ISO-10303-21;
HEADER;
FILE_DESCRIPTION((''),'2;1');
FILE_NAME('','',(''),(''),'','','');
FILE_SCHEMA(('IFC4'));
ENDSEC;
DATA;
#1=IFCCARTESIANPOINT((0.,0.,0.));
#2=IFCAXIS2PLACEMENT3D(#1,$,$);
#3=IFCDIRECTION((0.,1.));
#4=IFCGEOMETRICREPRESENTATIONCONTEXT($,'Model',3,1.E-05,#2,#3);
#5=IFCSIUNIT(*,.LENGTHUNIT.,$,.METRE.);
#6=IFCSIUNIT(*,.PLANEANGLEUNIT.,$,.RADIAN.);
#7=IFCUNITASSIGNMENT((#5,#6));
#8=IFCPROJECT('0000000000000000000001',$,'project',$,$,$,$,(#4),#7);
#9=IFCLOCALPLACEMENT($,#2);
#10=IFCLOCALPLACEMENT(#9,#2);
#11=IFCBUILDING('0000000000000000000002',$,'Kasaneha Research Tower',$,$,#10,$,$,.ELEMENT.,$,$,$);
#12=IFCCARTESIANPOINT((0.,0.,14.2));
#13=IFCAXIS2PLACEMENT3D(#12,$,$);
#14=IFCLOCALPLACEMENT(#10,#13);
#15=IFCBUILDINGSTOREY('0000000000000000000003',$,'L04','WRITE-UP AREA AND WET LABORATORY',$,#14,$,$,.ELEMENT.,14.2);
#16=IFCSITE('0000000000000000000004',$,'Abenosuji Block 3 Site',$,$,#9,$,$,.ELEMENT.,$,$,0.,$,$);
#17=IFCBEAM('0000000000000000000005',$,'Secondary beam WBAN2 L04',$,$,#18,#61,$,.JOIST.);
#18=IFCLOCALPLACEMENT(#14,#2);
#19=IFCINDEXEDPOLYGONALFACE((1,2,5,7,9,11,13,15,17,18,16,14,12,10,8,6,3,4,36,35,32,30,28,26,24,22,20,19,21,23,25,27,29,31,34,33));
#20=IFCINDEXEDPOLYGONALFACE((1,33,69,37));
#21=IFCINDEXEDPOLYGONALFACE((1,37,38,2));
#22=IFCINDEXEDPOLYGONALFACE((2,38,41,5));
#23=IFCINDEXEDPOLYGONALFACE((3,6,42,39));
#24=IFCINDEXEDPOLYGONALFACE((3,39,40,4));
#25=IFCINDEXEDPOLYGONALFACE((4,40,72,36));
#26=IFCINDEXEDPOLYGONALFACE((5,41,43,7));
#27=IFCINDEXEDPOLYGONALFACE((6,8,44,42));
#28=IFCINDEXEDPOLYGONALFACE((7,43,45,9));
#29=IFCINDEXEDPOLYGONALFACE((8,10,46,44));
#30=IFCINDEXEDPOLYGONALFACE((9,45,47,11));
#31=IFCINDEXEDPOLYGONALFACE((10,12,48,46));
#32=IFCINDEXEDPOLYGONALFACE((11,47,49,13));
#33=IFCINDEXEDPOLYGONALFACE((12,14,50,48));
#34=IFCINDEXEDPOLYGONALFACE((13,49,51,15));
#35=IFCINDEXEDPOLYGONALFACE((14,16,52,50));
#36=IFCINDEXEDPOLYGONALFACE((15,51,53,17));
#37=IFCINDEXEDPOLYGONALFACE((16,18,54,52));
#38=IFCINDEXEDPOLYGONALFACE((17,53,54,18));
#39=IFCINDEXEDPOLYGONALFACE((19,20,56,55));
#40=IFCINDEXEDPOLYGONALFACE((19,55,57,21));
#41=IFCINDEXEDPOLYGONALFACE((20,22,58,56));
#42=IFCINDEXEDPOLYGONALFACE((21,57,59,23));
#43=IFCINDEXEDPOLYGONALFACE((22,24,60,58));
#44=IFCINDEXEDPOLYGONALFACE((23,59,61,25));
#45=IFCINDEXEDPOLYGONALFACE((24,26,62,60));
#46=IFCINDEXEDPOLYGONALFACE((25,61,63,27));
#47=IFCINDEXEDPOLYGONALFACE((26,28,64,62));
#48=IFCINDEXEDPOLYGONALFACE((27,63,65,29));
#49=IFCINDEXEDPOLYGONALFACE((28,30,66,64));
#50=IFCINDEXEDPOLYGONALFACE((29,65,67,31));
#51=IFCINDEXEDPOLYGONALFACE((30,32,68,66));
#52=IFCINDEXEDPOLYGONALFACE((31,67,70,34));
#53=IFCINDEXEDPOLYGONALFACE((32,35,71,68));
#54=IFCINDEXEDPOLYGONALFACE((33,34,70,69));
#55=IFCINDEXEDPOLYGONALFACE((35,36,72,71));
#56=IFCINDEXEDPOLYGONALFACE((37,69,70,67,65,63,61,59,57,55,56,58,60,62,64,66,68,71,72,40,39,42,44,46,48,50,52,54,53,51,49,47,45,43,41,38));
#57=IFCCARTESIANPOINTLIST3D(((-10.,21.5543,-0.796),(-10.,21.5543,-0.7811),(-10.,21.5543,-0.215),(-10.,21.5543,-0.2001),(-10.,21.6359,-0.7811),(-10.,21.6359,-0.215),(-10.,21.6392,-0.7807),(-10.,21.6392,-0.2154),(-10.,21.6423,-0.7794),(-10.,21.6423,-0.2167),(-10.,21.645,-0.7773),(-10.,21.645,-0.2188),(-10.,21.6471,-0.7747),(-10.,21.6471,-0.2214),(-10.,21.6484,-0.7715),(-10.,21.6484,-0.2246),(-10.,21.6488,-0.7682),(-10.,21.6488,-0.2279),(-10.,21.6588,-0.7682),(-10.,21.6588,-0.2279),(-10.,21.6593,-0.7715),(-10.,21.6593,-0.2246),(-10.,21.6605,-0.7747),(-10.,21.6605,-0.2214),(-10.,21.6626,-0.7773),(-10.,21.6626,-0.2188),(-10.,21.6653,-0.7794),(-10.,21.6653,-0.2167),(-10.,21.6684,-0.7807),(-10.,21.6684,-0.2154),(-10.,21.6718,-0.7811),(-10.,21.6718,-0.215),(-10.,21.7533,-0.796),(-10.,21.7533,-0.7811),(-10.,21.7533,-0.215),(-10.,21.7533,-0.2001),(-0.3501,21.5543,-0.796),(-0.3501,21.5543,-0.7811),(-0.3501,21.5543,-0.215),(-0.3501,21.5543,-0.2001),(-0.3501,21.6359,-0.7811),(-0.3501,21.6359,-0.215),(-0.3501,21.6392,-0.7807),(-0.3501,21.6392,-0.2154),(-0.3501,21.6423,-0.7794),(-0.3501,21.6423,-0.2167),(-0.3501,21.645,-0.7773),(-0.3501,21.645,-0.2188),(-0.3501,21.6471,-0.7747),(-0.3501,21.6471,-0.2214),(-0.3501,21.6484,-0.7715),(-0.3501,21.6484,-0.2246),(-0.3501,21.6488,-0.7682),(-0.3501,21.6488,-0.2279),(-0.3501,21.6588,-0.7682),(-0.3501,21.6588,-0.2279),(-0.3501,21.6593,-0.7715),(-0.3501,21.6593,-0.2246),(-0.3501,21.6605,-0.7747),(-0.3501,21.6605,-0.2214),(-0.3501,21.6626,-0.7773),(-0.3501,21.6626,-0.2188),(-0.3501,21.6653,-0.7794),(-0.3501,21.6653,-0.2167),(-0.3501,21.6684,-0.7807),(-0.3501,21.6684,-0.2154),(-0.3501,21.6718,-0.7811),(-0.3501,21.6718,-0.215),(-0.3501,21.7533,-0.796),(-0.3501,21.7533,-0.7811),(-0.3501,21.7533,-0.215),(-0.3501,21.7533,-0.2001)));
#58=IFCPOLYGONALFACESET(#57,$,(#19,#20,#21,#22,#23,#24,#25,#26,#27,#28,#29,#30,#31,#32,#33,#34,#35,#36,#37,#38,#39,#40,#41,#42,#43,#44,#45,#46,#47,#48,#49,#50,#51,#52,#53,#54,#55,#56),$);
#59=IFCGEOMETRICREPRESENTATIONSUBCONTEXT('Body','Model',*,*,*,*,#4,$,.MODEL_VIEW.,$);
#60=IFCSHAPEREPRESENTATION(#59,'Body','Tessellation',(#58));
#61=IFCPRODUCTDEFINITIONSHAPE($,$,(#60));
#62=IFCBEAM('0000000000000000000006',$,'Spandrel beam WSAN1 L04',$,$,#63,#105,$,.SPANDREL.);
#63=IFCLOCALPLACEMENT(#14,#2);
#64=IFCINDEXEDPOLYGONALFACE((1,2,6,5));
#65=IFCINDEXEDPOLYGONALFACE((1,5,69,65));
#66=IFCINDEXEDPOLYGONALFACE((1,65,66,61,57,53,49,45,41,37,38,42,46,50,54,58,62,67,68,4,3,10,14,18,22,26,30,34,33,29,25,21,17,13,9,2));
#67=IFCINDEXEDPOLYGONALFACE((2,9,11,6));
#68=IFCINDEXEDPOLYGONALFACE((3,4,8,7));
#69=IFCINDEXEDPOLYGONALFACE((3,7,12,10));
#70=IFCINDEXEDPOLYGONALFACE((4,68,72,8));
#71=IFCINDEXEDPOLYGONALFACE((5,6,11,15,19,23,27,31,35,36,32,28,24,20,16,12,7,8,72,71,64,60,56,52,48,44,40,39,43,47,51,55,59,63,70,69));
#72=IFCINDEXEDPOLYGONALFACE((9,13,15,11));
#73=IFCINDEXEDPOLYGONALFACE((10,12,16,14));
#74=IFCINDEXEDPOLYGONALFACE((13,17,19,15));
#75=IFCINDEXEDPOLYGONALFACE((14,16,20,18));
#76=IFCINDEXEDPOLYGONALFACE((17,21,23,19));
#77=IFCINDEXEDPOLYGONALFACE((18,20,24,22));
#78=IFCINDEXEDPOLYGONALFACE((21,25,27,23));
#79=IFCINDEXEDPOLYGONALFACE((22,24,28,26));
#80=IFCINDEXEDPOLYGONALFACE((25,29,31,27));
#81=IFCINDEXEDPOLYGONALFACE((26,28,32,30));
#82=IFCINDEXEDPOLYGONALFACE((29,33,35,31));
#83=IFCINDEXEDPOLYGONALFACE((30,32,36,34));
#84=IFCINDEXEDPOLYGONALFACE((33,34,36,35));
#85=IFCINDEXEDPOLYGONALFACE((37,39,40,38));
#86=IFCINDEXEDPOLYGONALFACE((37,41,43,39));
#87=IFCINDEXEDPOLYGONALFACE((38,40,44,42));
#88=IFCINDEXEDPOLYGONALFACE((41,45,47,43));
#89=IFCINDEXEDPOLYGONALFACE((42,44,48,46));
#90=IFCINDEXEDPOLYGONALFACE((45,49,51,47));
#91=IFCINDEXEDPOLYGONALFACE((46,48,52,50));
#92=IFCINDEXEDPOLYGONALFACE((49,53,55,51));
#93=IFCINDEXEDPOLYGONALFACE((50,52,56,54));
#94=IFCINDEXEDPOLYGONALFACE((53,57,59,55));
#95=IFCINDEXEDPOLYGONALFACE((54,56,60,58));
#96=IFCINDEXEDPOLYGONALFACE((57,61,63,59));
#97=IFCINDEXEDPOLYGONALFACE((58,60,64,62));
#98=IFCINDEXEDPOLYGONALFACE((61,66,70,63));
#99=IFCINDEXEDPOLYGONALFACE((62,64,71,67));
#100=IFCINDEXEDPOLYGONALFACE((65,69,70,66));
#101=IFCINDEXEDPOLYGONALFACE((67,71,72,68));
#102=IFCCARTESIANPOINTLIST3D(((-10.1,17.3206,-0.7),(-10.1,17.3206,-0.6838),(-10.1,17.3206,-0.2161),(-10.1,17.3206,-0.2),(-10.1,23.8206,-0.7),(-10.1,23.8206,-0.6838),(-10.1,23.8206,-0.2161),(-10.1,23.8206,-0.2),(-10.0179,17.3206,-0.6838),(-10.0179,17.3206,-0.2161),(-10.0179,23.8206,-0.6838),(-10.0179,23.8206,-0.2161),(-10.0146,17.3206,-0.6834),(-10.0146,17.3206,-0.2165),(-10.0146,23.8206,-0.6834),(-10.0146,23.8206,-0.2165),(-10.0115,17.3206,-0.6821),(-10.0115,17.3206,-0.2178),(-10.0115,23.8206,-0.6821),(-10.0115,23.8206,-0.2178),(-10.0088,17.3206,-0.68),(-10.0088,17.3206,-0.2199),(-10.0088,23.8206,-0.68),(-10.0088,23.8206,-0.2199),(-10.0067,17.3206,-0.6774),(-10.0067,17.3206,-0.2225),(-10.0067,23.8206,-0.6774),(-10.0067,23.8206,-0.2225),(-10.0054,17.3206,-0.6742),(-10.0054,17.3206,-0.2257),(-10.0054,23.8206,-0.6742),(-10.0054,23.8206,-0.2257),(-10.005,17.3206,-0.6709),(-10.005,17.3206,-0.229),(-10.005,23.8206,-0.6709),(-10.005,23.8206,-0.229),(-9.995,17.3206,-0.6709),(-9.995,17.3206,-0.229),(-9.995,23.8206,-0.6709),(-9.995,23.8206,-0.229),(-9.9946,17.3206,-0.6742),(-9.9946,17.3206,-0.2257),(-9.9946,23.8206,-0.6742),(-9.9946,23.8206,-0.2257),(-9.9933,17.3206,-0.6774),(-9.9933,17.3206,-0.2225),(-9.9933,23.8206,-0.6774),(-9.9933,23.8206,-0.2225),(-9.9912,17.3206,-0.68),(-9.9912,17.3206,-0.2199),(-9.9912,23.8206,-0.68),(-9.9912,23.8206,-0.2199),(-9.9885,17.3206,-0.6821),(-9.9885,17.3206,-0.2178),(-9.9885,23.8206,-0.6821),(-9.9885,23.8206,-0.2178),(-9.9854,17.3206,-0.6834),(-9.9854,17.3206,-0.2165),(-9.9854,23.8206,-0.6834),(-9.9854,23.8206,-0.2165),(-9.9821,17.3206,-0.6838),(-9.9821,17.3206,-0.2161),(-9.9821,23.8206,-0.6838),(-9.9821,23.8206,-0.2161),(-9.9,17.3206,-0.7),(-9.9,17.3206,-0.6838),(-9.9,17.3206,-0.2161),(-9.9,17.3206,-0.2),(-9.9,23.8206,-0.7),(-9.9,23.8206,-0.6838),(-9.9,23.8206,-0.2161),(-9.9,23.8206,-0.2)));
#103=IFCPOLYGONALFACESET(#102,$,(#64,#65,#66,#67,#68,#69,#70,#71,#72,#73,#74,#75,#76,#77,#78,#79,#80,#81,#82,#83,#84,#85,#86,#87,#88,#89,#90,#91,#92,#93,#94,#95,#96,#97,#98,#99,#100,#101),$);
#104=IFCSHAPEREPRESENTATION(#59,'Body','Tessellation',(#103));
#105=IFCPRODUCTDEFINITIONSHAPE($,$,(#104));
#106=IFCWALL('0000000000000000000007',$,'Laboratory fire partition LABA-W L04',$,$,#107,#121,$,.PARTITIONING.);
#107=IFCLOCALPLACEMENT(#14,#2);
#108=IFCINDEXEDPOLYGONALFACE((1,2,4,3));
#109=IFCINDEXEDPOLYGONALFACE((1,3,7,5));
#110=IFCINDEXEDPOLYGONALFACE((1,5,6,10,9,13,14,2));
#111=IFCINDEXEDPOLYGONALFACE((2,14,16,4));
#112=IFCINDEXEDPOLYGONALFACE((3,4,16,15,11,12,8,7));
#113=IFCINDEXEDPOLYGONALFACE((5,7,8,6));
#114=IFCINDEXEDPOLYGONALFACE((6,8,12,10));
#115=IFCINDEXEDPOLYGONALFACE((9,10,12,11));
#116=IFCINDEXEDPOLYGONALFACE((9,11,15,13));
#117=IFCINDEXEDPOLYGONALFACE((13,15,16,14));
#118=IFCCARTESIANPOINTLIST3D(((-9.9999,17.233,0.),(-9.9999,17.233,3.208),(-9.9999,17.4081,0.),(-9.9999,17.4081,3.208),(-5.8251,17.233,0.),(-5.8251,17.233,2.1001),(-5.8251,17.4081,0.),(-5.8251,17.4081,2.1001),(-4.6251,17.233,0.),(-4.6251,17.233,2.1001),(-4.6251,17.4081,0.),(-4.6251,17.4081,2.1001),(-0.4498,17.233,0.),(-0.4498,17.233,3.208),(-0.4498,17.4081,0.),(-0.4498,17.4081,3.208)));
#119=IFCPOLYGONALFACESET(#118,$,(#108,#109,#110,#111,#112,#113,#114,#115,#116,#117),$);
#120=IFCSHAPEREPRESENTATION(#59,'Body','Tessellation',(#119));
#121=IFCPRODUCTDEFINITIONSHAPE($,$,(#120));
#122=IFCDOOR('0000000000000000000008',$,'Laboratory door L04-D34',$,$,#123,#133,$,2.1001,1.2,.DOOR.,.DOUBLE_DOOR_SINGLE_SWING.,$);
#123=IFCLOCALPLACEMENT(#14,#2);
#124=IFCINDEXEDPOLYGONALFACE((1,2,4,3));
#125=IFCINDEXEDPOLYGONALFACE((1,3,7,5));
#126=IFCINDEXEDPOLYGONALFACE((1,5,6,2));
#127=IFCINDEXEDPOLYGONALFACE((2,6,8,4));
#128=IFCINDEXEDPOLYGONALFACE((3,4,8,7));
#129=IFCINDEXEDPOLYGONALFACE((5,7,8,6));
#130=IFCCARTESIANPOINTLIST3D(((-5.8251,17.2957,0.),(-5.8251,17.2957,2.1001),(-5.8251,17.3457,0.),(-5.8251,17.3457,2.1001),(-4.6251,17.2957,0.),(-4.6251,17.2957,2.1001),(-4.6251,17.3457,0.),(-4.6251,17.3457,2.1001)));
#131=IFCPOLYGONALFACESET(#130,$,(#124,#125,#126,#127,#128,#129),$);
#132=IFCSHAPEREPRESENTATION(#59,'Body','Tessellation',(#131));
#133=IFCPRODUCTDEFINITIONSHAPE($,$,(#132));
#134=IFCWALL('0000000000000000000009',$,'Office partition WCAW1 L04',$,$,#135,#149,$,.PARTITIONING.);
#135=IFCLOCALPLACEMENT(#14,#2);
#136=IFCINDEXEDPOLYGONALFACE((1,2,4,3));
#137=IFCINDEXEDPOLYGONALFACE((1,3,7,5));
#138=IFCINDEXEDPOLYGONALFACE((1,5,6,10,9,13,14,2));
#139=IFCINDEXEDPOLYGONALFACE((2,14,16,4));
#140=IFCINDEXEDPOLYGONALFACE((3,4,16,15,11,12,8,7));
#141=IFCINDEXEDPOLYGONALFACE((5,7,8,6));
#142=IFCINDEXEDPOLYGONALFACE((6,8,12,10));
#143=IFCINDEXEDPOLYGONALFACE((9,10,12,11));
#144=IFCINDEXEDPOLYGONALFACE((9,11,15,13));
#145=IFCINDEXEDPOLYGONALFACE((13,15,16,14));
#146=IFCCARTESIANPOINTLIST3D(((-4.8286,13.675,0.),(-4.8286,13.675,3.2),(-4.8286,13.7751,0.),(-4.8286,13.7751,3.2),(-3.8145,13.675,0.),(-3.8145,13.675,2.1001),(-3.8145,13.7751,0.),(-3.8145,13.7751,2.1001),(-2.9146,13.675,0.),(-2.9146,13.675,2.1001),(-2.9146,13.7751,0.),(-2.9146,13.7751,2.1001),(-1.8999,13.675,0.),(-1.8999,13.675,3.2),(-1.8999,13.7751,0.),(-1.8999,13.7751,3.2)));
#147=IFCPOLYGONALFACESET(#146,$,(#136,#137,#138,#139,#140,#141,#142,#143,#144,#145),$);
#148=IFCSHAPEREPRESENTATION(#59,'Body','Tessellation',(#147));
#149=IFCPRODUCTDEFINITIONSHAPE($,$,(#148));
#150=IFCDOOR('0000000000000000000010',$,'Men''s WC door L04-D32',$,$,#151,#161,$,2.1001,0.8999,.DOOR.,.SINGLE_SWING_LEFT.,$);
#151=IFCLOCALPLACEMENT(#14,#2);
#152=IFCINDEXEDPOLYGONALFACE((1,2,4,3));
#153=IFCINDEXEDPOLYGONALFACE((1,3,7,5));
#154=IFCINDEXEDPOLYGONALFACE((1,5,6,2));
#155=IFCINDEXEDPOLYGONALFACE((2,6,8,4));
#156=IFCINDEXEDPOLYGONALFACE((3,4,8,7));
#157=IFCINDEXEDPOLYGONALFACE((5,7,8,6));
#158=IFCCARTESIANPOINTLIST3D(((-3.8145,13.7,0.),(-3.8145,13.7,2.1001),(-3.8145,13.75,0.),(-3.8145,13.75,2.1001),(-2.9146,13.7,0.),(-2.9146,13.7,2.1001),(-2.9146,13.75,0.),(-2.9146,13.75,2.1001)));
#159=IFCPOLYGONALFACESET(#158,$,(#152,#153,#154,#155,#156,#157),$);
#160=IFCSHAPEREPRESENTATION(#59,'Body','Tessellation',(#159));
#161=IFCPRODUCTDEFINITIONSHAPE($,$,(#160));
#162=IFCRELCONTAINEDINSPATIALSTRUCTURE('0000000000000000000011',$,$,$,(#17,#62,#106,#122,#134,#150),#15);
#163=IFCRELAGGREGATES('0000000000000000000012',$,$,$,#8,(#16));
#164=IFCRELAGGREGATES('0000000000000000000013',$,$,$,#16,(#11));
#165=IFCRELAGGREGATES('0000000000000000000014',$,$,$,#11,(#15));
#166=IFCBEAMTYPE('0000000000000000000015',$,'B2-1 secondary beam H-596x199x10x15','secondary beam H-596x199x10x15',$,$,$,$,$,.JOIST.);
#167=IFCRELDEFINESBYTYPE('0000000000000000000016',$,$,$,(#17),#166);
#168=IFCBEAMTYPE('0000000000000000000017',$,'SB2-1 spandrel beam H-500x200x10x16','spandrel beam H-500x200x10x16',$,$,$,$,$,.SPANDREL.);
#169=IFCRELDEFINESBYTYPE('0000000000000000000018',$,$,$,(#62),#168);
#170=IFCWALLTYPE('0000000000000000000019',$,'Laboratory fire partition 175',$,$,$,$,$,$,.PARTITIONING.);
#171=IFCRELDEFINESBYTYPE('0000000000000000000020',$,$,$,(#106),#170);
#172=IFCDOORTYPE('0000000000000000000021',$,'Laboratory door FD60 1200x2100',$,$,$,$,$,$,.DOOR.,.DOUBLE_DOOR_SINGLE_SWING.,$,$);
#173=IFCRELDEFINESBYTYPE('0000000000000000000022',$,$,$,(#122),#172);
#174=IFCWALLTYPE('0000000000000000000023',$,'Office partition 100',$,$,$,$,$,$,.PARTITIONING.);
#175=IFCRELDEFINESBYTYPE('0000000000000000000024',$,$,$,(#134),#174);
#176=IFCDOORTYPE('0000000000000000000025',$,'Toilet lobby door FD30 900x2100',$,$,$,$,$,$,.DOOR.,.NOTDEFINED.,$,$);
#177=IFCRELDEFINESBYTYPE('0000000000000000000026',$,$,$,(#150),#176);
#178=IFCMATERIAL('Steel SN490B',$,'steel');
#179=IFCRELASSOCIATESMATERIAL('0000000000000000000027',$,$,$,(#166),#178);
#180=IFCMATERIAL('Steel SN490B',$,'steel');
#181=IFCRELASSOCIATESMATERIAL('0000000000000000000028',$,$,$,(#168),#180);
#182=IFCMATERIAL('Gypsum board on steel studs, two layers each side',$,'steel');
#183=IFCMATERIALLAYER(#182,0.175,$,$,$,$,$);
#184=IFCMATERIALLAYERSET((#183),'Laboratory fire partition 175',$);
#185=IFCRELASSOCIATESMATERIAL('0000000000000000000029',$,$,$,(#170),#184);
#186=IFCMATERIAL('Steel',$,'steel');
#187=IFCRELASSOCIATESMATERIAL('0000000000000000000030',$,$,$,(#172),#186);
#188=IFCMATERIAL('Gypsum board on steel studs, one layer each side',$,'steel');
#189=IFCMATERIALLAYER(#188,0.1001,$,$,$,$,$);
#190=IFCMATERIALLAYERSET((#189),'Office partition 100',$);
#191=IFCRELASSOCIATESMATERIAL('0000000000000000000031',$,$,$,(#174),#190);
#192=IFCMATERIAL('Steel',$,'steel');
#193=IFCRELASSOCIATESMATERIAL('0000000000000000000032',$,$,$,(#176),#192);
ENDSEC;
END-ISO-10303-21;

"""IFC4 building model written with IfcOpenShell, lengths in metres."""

from ifc_helpers import new_model, si_unit, direction, frame, frame_2d, origin, origin_2d, place, context, subcontext, project, spatial, rectangle, i_section, extrude, material, layer, layer_set, material_profile, profile_set, type_object, element, fill, save


model = new_model("IFC4")

# Units and contexts
model_context = context("Model", 3, precision=1e-05, world=origin(), true_north=direction((0.0, 1.0)))
body_context = subcontext(model_context, "Body", "Model", "MODEL_VIEW")
ifc_project = project(units=[si_unit("LENGTHUNIT", "METRE"), si_unit("PLANEANGLEUNIT", "RADIAN")], contexts=[model_context])

# Site, building, storey
site_placement = place(None, origin())
site = spatial("IfcSite", under=ifc_project, at=site_placement, Name="Abenosuji Block 3 Site", CompositionType="ELEMENT", RefElevation=0.0)
building_placement = place(site_placement, origin())
building = spatial("IfcBuilding", under=site, at=building_placement, Name="Kasaneha Research Tower", CompositionType="ELEMENT")
storey_placement = place(building_placement, frame((0.0, 0.0, 14.2)))
storey = spatial("IfcBuildingStorey", under=building, at=storey_placement, Name="L04", Description="WRITE-UP AREA AND WET LABORATORY", CompositionType="ELEMENT", Elevation=14.2)

# Beams
ifc_material_1 = material(Name="Steel SN490B", Category="steel")
ifc_material_profile_1 = material_profile(ifc_material_1, i_section(OverallWidth=0.199, OverallDepth=0.5959, WebThickness=0.01, FlangeThickness=0.0149, FilletRadius=0.0129, at=origin_2d()), Name="H-596x199x10x15")
ifc_profile_set_1 = profile_set([ifc_material_profile_1], Name="Steel SN490B")
beam_type_1 = type_object("IfcBeamType", Name="B2-1 secondary beam H-596x199x10x15", Description="secondary beam H-596x199x10x15", PredefinedType="JOIST", material=ifc_profile_set_1)
for number, where, z_axis, x_axis, name in (
    (1, (-10.0, 21.6538, -0.498), (1.0, 0.0, 0.0), (0.0, 1.0, 0.0), "Secondary beam WBAN2 L04"),
):
    element("IfcBeam", number, at=place(storey_placement, frame(where, z_axis=z_axis, x_axis=x_axis)), inside=storey, type_object=beam_type_1, Name=name, PredefinedType="JOIST", context=body_context, shape_type="SweptSolid", body=[
        extrude(i_section(OverallWidth=0.199, OverallDepth=0.5959, WebThickness=0.01, FlangeThickness=0.0149, FilletRadius=0.0129, at=origin_2d()), origin(), (0.0, 0.0, 1.0), 9.6499),
    ])
ifc_material_2 = material(Name="Steel SN490B", Category="steel")
ifc_material_profile_2 = material_profile(ifc_material_2, i_section(OverallWidth=0.2, OverallDepth=0.5, WebThickness=0.01, FlangeThickness=0.0161, FilletRadius=0.0129, at=origin_2d()), Name="H-500x200x10x16")
ifc_profile_set_2 = profile_set([ifc_material_profile_2], Name="Steel SN490B")
beam_type_2 = type_object("IfcBeamType", Name="SB2-1 spandrel beam H-500x200x10x16", Description="spandrel beam H-500x200x10x16", PredefinedType="SPANDREL", material=ifc_profile_set_2)
beam_1_placement = place(storey_placement, frame((-10.0, 17.3206, -0.45), z_axis=(0.0, 1.0, 0.0), x_axis=(-1.0, 0.0, 0.0)))
element("IfcBeam", 2, at=beam_1_placement, inside=storey, type_object=beam_type_2, Name="Spandrel beam WSAN1 L04", PredefinedType="SPANDREL", context=body_context, shape_type="SweptSolid", body=[
    extrude(i_section(OverallWidth=0.2, OverallDepth=0.5, WebThickness=0.01, FlangeThickness=0.0161, FilletRadius=0.0129, at=origin_2d()), origin(), (0.0, 0.0, 1.0), 6.5),
])

# Walls, openings, doors
ifc_material_3 = material(Name="Gypsum board on steel studs, two layers each side", Category="steel")
ifc_layer_1 = layer(ifc_material_3, 0.175)
ifc_layer_set_1 = layer_set([ifc_layer_1], Name="Laboratory fire partition 175")
wall_type_1 = type_object("IfcWallType", Name="Laboratory fire partition 175", PredefinedType="PARTITIONING", material=ifc_layer_set_1)
wall_1_placement = place(storey_placement, frame((-0.45, 17.3206, 0.0), z_axis=(0.0, 0.0, 1.0), x_axis=(-1.0, 0.0, 0.0)))
wall_1 = element("IfcWall", 3, at=wall_1_placement, inside=storey, type_object=wall_type_1, Name="Laboratory fire partition LABA-W L04", PredefinedType="PARTITIONING", context=body_context, shape_type="SweptSolid", body=[
    extrude(rectangle(XDim=9.55, YDim=0.175, at=frame_2d((4.7749, 0.0))), origin(), (0.0, 0.0, 1.0), 3.208),
])
opening_1_placement = place(wall_1_placement, frame((4.175, 0.0, 0.0)))
opening_1 = element("IfcOpeningElement", 4, at=opening_1_placement, cuts=wall_1, PredefinedType="OPENING", context=body_context, shape_type="SweptSolid", body=[
    extrude(rectangle(XDim=1.2, YDim=2.1001, at=frame_2d((0.6001, 1.05))), frame((0.0, 0.0977, 0.0), z_axis=(0.0, -1.0, 0.0), x_axis=(1.0, 0.0, 0.0)), (0.0, 0.0, 1.0), 0.1951),
])
ifc_material_4 = material(Name="Steel", Category="steel")
door_type_1 = type_object("IfcDoorType", Name="Laboratory door FD60 1200x2100", OperationType="DOUBLE_DOOR_SINGLE_SWING", PredefinedType="DOOR", material=ifc_material_4)
door_1_placement = place(opening_1_placement, origin())
door_1 = element("IfcDoor", 5, at=door_1_placement, inside=storey, type_object=door_type_1, Name="Laboratory door L04-D34", OperationType="DOUBLE_DOOR_SINGLE_SWING", OverallHeight=2.1001, OverallWidth=1.2, PredefinedType="DOOR", context=body_context, shape_type="SweptSolid", body=[
    extrude(rectangle(XDim=1.2, YDim=2.1001, at=frame_2d((0.6001, 1.05))), frame((0.0, 0.0249, 0.0), z_axis=(0.0, -1.0, 0.0), x_axis=(1.0, 0.0, 0.0)), (0.0, 0.0, 1.0), 0.05),
])
fill(opening_1, door_1)
ifc_material_5 = material(Name="Gypsum board on steel studs, one layer each side", Category="steel")
ifc_layer_2 = layer(ifc_material_5, 0.1001)
ifc_layer_set_2 = layer_set([ifc_layer_2], Name="Office partition 100")
wall_type_2 = type_object("IfcWallType", Name="Office partition 100", PredefinedType="PARTITIONING", material=ifc_layer_set_2)
wall_2_placement = place(storey_placement, frame((-4.8286, 13.7251, 0.0), z_axis=(0.0, 0.0, 1.0), x_axis=(1.0, 0.0, 0.0)))
wall_2 = element("IfcWall", 6, at=wall_2_placement, inside=storey, type_object=wall_type_2, Name="Office partition WCAW1 L04", PredefinedType="PARTITIONING", context=body_context, shape_type="SweptSolid", body=[
    extrude(rectangle(XDim=2.9287, YDim=0.1001, at=frame_2d((1.4644, 0.0))), origin(), (0.0, 0.0, 1.0), 3.2),
])
opening_2_placement = place(wall_2_placement, frame((1.0142, 0.0, 0.0)))
opening_2 = element("IfcOpeningElement", 7, at=opening_2_placement, cuts=wall_2, PredefinedType="OPENING", context=body_context, shape_type="SweptSolid", body=[
    extrude(rectangle(XDim=0.8999, YDim=2.1001, at=frame_2d((0.45, 1.05))), frame((0.0, 0.0601, 0.0), z_axis=(0.0, -1.0, 0.0), x_axis=(1.0, 0.0, 0.0)), (0.0, 0.0, 1.0), 0.1201),
])
ifc_material_6 = material(Name="Steel", Category="steel")
door_type_2 = type_object("IfcDoorType", Name="Toilet lobby door FD30 900x2100", OperationType="NOTDEFINED", PredefinedType="DOOR", material=ifc_material_6)
door_2_placement = place(opening_2_placement, origin())
door_2 = element("IfcDoor", 8, at=door_2_placement, inside=storey, type_object=door_type_2, Name="Men's WC door L04-D32", OperationType="SINGLE_SWING_LEFT", OverallHeight=2.1001, OverallWidth=0.8999, PredefinedType="DOOR", context=body_context, shape_type="SweptSolid", body=[
    extrude(rectangle(XDim=0.8999, YDim=2.1001, at=frame_2d((0.45, 1.05))), frame((0.0, 0.0249, 0.0), z_axis=(0.0, -1.0, 0.0), x_axis=(1.0, 0.0, 0.0)), (0.0, 0.0, 1.0), 0.05),
])
fill(opening_2, door_2)

save(model, "model.ifc")
